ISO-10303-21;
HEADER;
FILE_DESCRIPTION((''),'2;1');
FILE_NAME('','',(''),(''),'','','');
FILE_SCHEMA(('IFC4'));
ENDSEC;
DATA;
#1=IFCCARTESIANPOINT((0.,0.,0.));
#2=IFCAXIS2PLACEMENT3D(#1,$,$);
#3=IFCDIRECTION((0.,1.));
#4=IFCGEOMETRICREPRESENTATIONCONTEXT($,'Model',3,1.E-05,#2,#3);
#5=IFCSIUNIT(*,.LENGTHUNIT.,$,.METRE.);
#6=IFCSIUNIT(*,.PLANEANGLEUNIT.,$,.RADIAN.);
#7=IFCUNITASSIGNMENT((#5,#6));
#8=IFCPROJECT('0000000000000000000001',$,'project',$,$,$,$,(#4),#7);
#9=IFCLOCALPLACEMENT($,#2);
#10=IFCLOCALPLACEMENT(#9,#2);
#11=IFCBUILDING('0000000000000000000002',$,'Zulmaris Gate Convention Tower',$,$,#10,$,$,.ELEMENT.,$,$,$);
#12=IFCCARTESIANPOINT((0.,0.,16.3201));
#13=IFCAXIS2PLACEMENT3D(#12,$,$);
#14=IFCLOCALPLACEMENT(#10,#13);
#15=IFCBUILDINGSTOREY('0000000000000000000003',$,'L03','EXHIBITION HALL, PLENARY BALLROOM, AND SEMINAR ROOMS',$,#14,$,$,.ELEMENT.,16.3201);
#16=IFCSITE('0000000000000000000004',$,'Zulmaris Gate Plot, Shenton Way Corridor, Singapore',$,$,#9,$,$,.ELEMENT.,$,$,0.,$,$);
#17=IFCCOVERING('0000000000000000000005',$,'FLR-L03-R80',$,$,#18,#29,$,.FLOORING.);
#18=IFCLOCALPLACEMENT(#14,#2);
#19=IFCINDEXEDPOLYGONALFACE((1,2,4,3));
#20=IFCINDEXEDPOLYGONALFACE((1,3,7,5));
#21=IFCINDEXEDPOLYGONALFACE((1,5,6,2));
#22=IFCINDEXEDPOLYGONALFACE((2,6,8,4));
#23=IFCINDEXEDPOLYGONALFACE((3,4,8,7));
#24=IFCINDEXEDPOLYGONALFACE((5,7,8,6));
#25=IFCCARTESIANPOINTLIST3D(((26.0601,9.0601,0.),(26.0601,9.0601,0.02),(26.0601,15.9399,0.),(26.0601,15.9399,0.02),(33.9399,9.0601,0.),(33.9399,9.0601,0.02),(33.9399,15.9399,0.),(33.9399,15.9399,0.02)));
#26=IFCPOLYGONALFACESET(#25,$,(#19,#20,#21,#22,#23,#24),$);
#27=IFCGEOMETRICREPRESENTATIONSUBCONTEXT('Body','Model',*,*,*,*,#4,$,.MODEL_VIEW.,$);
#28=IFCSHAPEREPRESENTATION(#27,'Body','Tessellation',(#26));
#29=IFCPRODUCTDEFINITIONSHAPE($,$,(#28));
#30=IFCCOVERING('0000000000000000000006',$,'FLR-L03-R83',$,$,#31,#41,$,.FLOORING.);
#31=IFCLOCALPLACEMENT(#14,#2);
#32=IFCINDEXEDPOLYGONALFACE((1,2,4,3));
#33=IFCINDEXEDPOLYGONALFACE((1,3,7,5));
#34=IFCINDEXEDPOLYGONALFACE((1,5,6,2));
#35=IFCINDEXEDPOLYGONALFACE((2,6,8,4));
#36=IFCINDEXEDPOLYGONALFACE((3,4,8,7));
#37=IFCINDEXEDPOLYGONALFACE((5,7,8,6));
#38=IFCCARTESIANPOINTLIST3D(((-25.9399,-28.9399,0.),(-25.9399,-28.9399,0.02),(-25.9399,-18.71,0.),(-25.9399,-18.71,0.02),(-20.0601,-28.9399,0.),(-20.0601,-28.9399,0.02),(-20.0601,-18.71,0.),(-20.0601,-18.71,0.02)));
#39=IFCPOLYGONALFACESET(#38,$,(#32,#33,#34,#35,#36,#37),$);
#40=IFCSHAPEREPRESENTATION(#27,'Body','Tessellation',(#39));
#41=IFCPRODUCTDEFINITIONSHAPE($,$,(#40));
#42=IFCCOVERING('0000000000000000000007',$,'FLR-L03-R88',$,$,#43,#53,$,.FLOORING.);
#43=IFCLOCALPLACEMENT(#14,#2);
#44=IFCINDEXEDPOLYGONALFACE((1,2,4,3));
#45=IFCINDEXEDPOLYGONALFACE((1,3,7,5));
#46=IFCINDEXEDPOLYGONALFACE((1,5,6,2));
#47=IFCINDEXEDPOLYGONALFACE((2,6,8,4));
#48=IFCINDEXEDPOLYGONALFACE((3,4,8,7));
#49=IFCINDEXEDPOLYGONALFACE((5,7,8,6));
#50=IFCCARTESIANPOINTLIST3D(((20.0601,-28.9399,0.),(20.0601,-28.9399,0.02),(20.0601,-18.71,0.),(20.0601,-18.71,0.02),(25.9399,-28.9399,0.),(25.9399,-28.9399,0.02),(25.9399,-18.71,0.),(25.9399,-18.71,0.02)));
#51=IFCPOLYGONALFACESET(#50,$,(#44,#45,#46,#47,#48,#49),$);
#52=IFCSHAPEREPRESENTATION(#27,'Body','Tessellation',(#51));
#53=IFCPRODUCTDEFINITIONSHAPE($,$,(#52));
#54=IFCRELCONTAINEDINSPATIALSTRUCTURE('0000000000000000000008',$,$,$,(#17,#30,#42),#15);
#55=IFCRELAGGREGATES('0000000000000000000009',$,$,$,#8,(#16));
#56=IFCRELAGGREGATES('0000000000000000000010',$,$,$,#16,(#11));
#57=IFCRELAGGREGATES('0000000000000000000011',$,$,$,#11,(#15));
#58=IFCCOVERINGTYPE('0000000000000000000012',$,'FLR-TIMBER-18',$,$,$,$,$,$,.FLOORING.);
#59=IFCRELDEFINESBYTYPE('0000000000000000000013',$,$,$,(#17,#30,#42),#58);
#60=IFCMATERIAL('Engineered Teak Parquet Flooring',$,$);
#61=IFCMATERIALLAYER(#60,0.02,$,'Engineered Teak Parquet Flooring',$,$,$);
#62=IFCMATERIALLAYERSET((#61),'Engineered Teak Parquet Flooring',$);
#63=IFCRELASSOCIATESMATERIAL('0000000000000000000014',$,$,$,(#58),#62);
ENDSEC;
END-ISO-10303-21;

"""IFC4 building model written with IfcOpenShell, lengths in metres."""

from ifc_helpers import new_model, si_unit, direction, frame, origin, place, context, subcontext, project, spatial, polyline, outline, extrude, material, layer, layer_set, type_object, element, save


model = new_model("IFC4")

# Units and contexts
model_context = context("Model", 3, precision=1e-05, world=origin(), true_north=direction((0.0, 1.0)))
body_context = subcontext(model_context, "Body", "Model", "MODEL_VIEW")
ifc_project = project(units=[si_unit("LENGTHUNIT", "METRE"), si_unit("PLANEANGLEUNIT", "RADIAN")], contexts=[model_context])

# Site, building, storey
site_placement = place(None, origin())
site = spatial("IfcSite", under=ifc_project, at=site_placement, Name="Zulmaris Gate Plot, Shenton Way Corridor, Singapore", CompositionType="ELEMENT", RefElevation=0.0)
building_placement = place(site_placement, origin())
building = spatial("IfcBuilding", under=site, at=building_placement, Name="Zulmaris Gate Convention Tower", CompositionType="ELEMENT")
storey_placement = place(building_placement, frame((0.0, 0.0, 16.3201)))
storey = spatial("IfcBuildingStorey", under=building, at=storey_placement, Name="L03", Description="EXHIBITION HALL, PLENARY BALLROOM, AND SEMINAR ROOMS", CompositionType="ELEMENT", Elevation=16.3201)

# Coverings
ifc_material_1 = material(Name="Engineered Teak Parquet Flooring")
ifc_layer_1 = layer(ifc_material_1, 0.02, Name="Engineered Teak Parquet Flooring")
ifc_layer_set_1 = layer_set([ifc_layer_1], Name="Engineered Teak Parquet Flooring")
covering_type_1 = type_object("IfcCoveringType", Name="FLR-TIMBER-18", PredefinedType="FLOORING", material=ifc_layer_set_1)
covering_1_placement = place(storey_placement, origin())
element("IfcCovering", 1, at=covering_1_placement, inside=storey, type_object=covering_type_1, Name="FLR-L03-R80", PredefinedType="FLOORING", context=body_context, shape_type="SweptSolid", body=[
    extrude(outline(polyline([(26.0601, 9.0601), (33.9399, 9.0601), (33.9399, 15.9399), (26.0601, 15.9399), (26.0601, 9.0601)])), origin(), (0.0, 0.0, 1.0), 0.02),
])
covering_2_placement = place(storey_placement, origin())
element("IfcCovering", 2, at=covering_2_placement, inside=storey, type_object=covering_type_1, Name="FLR-L03-R83", PredefinedType="FLOORING", context=body_context, shape_type="SweptSolid", body=[
    extrude(outline(polyline([(-25.9399, -28.9399), (-20.0601, -28.9399), (-20.0601, -18.71), (-25.9399, -18.71), (-25.9399, -28.9399)])), origin(), (0.0, 0.0, 1.0), 0.02),
])
covering_3_placement = place(storey_placement, origin())
element("IfcCovering", 3, at=covering_3_placement, inside=storey, type_object=covering_type_1, Name="FLR-L03-R88", PredefinedType="FLOORING", context=body_context, shape_type="SweptSolid", body=[
    extrude(outline(polyline([(20.0601, -28.9399), (25.9399, -28.9399), (25.9399, -18.71), (20.0601, -18.71), (20.0601, -28.9399)])), origin(), (0.0, 0.0, 1.0), 0.02),
])

save(model, "model.ifc")
